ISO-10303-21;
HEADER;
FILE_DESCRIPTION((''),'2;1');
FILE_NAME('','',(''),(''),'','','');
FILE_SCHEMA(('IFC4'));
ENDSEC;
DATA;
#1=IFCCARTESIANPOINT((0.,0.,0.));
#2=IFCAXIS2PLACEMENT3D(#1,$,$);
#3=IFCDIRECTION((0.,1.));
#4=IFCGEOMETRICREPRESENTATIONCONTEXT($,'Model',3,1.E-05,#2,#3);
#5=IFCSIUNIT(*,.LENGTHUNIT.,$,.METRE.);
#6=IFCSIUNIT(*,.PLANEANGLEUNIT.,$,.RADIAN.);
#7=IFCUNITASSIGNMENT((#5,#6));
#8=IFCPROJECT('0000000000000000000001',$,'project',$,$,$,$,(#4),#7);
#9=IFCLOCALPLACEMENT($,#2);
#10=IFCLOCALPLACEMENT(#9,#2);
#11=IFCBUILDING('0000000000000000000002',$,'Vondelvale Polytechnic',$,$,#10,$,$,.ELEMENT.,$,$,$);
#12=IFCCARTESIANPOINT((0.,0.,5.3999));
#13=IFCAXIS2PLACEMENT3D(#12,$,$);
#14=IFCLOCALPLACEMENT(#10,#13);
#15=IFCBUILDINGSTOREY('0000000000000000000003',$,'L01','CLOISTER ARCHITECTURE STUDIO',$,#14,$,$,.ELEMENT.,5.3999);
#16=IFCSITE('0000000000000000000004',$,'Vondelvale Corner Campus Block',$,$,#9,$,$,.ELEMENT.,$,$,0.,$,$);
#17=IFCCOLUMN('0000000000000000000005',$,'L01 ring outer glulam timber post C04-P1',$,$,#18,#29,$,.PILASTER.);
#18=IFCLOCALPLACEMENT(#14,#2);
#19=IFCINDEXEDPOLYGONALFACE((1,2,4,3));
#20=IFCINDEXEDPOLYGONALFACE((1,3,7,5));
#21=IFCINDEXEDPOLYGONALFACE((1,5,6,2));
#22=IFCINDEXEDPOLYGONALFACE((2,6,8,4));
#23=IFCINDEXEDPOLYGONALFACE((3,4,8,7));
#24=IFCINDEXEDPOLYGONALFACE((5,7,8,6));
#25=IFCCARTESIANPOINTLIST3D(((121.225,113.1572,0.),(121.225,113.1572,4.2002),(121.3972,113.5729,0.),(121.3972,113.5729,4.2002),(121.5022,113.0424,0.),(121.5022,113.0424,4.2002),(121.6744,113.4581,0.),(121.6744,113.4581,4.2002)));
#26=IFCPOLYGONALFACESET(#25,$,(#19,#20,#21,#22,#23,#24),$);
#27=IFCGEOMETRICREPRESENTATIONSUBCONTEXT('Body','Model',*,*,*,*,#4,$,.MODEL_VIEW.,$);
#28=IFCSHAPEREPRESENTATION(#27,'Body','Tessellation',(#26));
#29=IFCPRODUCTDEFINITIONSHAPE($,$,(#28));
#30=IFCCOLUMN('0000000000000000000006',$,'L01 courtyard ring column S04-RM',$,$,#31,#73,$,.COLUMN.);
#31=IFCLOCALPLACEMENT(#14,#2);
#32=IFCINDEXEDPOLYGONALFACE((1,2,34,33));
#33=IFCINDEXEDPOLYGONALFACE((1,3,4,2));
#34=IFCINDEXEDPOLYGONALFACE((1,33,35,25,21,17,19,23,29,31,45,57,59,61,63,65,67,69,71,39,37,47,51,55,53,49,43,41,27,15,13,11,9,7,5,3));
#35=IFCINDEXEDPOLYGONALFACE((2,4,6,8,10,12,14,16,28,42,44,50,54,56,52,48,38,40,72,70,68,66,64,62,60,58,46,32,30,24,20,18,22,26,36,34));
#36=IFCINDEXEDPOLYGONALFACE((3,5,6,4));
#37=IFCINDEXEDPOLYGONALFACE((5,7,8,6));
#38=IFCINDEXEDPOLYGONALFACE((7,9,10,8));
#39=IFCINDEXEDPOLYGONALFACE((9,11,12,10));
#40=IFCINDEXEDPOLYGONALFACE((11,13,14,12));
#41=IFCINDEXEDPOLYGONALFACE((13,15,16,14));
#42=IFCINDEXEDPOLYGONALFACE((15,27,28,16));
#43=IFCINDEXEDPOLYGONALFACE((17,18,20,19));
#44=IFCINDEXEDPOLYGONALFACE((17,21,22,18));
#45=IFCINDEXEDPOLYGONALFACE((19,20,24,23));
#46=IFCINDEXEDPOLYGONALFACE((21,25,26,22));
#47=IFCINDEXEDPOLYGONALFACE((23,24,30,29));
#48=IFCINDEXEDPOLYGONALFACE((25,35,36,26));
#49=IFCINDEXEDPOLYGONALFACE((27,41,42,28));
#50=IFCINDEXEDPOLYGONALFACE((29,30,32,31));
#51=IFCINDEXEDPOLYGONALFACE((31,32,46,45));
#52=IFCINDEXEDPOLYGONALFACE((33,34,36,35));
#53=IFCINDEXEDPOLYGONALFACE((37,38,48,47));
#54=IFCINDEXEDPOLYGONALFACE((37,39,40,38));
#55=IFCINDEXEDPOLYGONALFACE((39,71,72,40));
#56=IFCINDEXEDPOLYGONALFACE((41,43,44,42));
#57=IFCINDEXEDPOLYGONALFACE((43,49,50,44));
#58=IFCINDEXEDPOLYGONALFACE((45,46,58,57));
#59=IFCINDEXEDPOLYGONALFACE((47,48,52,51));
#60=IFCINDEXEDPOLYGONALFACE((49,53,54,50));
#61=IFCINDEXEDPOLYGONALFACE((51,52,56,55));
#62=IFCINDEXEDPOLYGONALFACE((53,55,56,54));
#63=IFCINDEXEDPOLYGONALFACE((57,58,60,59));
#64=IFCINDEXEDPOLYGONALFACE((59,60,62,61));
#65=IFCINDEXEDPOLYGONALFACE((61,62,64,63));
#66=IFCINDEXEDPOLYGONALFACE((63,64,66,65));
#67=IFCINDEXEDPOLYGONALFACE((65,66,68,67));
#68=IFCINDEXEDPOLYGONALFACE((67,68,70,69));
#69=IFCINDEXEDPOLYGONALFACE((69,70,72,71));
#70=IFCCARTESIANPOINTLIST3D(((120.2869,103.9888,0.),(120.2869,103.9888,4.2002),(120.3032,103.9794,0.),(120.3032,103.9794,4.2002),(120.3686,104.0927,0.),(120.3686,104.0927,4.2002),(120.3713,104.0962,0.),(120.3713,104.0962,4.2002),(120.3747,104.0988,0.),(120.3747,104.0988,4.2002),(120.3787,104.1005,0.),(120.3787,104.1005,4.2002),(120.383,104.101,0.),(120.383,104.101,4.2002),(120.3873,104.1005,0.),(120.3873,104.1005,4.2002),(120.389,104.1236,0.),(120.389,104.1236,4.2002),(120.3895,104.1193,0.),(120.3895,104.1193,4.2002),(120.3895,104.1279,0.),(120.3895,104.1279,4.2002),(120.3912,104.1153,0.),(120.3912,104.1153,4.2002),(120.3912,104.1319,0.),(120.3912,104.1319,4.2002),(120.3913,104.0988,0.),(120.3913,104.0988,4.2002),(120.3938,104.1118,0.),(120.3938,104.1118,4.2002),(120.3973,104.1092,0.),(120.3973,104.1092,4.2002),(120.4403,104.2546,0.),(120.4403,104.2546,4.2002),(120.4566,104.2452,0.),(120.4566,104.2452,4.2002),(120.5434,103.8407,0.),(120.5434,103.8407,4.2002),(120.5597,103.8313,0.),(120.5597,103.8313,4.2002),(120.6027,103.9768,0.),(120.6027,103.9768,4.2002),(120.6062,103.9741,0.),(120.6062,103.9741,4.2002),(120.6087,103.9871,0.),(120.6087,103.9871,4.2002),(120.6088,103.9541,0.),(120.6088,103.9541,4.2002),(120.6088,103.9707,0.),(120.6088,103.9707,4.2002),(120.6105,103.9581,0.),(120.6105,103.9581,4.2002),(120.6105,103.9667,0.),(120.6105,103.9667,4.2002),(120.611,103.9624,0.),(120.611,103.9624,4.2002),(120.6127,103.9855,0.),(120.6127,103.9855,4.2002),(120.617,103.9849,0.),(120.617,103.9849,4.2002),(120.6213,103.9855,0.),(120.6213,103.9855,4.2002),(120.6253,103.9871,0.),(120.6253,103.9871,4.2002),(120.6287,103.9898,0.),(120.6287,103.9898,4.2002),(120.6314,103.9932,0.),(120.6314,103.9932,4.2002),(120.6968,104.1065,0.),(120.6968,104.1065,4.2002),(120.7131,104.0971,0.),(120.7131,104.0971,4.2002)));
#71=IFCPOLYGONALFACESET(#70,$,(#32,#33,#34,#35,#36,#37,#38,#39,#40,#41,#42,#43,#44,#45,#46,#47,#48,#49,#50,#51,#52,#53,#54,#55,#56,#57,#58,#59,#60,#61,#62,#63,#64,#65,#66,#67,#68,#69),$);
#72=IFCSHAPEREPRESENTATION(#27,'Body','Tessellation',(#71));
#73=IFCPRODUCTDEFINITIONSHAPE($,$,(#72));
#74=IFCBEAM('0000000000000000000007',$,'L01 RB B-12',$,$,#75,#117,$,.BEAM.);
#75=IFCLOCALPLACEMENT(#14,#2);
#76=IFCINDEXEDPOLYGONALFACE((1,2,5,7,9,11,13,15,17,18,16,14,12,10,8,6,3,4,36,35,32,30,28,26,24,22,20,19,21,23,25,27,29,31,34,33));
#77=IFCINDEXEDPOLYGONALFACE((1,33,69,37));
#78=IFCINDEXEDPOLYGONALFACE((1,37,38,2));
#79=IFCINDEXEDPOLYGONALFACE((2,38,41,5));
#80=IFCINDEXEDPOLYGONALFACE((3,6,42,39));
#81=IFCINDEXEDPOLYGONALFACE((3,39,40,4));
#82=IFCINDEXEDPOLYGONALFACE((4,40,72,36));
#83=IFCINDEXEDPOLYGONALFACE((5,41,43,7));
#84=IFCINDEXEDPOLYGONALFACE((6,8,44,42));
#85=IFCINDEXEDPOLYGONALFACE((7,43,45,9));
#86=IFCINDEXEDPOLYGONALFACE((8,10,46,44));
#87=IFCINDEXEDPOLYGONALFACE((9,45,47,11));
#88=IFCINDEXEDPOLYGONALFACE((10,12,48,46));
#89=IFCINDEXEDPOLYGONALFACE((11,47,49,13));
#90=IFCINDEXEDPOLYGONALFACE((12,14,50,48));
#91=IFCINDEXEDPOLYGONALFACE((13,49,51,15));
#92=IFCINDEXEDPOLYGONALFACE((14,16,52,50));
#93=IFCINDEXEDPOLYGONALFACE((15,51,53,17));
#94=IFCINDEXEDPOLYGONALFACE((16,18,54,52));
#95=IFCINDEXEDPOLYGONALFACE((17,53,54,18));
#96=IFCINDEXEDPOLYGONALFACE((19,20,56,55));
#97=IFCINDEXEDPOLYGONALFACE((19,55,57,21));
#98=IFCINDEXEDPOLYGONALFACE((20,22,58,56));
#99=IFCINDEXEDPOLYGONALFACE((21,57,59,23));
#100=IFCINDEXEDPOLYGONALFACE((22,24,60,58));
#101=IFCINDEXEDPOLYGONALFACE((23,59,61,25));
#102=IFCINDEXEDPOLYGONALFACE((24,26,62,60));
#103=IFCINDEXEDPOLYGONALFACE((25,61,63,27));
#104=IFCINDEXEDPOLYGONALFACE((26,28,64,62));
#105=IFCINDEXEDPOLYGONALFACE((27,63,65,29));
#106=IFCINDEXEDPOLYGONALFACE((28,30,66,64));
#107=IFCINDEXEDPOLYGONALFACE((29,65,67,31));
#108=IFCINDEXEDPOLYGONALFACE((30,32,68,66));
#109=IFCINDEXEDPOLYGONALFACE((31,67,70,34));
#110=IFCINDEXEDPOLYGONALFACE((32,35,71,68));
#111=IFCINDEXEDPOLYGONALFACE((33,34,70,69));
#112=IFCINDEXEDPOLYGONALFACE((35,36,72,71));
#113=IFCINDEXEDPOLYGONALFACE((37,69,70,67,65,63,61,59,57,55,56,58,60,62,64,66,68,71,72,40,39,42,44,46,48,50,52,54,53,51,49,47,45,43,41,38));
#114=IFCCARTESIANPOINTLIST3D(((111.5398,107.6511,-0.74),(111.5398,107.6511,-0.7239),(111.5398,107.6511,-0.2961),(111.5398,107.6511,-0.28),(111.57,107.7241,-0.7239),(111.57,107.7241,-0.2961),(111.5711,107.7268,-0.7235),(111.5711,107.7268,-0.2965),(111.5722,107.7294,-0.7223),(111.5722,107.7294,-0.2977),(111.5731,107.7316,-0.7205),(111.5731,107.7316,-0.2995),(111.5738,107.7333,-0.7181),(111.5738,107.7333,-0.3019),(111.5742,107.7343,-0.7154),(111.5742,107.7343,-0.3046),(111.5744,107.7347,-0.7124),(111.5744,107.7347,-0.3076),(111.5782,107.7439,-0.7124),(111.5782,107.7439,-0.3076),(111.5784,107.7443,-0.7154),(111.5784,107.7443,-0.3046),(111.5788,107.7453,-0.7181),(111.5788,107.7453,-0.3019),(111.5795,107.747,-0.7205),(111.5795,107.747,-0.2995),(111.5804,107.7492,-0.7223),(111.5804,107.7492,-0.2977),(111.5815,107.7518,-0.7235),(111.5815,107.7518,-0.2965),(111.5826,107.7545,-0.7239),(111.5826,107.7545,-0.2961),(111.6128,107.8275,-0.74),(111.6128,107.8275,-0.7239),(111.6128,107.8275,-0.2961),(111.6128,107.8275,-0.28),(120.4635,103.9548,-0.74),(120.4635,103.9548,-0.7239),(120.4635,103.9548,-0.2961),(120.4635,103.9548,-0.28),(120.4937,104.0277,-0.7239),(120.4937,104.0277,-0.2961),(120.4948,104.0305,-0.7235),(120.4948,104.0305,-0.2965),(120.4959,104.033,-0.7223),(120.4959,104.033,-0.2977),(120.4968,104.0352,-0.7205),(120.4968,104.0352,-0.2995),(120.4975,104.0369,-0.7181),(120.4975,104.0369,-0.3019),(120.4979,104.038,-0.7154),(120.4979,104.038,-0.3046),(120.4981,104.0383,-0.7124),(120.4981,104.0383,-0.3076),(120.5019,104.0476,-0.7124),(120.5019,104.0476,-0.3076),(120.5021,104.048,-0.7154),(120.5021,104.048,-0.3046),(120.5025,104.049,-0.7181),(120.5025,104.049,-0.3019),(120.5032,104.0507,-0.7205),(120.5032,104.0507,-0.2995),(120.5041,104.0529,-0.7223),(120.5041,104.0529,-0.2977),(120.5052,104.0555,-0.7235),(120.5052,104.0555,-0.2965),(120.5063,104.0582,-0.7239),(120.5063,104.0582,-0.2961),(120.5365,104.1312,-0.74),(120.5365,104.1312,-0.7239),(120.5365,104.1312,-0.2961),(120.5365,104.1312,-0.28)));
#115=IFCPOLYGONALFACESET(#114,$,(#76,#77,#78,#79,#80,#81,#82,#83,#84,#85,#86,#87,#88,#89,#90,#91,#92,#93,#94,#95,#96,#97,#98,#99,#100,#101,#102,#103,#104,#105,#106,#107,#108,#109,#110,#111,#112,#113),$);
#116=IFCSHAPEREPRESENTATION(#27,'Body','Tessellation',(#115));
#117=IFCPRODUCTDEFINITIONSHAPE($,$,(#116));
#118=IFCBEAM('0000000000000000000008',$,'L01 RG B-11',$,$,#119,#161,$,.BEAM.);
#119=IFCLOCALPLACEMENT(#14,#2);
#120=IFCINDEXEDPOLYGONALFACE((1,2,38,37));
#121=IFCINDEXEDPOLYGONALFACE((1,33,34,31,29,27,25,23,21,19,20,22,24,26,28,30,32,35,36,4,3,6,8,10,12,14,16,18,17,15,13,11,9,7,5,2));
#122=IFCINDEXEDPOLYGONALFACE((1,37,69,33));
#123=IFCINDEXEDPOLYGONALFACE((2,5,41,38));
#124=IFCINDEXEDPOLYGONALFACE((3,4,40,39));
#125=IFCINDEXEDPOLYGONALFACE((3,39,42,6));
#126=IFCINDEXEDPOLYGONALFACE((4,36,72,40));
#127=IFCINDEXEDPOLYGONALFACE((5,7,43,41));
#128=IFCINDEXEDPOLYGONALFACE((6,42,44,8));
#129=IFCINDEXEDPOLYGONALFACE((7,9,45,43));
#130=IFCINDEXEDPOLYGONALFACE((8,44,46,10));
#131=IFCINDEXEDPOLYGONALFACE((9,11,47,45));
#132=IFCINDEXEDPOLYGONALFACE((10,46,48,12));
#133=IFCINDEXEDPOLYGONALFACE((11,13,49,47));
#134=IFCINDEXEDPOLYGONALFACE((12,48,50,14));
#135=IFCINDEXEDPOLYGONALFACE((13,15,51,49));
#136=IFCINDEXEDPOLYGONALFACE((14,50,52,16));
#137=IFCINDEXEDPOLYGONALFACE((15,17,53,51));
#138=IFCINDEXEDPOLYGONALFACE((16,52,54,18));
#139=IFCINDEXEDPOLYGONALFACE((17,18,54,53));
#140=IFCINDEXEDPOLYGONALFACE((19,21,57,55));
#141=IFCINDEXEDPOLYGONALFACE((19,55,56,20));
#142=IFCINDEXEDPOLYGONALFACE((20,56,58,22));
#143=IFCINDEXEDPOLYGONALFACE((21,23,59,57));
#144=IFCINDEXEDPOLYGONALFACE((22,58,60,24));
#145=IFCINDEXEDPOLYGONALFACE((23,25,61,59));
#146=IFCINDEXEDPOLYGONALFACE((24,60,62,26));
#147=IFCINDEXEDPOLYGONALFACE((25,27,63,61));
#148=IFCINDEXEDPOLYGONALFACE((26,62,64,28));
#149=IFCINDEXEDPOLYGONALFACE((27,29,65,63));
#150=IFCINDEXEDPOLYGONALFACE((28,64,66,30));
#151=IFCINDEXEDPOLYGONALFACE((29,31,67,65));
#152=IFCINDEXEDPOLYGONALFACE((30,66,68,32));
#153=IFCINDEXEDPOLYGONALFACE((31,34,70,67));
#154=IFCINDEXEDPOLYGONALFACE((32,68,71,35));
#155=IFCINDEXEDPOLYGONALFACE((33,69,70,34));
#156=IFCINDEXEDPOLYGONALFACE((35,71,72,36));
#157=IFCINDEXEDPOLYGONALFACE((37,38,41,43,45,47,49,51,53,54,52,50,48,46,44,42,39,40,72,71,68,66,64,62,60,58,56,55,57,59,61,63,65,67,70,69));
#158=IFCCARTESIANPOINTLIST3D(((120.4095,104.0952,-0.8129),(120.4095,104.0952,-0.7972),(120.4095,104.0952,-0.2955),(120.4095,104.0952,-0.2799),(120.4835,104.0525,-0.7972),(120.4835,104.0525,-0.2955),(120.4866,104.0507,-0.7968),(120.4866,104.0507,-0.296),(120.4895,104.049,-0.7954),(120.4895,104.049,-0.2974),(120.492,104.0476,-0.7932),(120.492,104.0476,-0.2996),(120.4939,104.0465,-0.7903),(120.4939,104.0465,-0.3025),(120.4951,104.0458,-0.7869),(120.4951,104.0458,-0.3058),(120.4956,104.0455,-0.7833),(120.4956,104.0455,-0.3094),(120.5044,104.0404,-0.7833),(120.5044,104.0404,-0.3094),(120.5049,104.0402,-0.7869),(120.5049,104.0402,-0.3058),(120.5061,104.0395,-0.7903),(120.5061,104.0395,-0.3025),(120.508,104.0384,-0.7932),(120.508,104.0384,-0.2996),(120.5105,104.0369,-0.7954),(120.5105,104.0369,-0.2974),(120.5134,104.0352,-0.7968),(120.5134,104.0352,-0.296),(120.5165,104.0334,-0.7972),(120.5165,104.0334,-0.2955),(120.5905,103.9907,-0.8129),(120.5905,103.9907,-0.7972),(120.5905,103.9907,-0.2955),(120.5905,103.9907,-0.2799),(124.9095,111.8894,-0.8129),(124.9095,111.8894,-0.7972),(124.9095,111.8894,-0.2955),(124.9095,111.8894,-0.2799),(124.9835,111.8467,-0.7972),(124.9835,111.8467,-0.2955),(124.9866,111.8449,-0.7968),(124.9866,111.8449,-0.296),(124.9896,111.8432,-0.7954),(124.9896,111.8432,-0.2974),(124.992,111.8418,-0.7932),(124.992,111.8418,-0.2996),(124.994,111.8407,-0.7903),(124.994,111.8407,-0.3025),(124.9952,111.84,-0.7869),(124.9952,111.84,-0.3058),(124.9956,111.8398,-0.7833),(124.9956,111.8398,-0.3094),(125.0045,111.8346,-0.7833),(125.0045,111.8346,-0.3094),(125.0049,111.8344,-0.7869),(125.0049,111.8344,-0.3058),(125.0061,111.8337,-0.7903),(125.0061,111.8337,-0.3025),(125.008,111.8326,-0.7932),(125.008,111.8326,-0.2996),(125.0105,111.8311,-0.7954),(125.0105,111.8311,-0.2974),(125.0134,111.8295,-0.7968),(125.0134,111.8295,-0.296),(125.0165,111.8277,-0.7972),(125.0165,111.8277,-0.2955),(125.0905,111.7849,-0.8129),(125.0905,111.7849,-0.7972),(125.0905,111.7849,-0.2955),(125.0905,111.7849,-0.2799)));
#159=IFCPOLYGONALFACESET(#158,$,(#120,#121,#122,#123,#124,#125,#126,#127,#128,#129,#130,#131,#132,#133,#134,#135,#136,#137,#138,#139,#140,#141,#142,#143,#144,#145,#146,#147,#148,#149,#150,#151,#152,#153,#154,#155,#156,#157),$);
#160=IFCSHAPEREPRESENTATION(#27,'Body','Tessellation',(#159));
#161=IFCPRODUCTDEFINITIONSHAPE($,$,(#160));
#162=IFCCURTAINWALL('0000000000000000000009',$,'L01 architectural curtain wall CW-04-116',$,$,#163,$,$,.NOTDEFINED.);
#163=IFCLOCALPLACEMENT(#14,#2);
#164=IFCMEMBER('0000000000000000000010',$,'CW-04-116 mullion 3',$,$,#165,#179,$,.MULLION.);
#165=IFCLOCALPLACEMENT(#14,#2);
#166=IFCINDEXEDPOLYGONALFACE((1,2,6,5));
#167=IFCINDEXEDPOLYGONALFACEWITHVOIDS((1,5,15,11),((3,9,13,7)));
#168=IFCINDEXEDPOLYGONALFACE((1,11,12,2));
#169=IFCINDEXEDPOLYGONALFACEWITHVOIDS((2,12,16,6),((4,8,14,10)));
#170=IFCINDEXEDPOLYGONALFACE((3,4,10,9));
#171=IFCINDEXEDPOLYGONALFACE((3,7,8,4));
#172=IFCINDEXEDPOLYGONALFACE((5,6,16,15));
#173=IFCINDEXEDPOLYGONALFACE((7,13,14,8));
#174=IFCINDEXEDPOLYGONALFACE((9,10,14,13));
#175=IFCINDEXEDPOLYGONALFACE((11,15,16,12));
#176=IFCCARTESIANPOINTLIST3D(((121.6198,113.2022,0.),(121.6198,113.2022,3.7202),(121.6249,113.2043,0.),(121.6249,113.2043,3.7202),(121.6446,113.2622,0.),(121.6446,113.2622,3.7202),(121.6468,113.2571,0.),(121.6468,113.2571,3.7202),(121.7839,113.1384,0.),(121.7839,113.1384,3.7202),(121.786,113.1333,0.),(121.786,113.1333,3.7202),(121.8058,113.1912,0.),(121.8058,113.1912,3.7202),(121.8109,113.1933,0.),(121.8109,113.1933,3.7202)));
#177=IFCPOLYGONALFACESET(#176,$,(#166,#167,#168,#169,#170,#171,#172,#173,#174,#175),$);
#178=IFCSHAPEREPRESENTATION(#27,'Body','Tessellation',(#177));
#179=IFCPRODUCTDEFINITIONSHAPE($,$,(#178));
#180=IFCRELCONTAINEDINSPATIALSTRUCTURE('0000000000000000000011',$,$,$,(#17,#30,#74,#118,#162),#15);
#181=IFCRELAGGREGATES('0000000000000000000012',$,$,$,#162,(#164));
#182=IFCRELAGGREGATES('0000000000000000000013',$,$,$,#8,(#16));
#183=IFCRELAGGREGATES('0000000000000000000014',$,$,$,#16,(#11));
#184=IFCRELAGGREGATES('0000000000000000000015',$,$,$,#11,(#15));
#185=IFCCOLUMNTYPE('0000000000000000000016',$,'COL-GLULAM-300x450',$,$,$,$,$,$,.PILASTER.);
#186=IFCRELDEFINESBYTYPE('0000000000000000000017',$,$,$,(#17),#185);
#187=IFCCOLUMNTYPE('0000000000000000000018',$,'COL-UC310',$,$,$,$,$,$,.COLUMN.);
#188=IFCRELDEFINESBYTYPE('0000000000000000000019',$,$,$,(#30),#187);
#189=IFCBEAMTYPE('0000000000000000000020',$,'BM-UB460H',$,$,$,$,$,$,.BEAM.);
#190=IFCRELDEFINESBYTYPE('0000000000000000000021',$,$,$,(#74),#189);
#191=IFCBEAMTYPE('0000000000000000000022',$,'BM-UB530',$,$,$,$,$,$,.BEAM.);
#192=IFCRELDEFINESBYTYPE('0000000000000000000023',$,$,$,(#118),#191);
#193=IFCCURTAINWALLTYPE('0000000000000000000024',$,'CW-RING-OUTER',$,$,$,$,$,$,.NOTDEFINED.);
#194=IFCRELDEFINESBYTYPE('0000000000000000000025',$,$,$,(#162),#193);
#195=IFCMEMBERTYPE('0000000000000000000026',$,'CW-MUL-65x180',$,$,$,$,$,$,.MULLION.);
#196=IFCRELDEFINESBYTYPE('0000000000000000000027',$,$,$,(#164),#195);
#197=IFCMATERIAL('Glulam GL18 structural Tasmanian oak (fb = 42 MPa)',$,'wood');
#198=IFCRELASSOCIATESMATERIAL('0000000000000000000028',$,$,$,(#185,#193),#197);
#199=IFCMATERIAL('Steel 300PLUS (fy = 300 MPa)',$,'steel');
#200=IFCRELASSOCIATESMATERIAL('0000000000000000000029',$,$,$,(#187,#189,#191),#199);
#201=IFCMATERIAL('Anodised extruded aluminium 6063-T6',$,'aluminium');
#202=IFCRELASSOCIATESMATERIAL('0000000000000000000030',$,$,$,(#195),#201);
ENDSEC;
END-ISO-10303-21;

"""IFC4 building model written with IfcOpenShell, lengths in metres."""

from ifc_helpers import new_model, si_unit, direction, frame, origin, origin_2d, place, context, subcontext, project, spatial, rectangle, hollow_rectangle, i_section, extrude, material, material_profile, profile_set, type_object, element, aggregate, save


model = new_model("IFC4")

# Units and contexts
model_context = context("Model", 3, precision=1e-05, world=origin(), true_north=direction((0.0, 1.0)))
body_context = subcontext(model_context, "Body", "Model", "MODEL_VIEW")
ifc_project = project(units=[si_unit("LENGTHUNIT", "METRE"), si_unit("PLANEANGLEUNIT", "RADIAN")], contexts=[model_context])

# Site, building, storey
site_placement = place(None, origin())
site = spatial("IfcSite", under=ifc_project, at=site_placement, Name="Vondelvale Corner Campus Block", CompositionType="ELEMENT", RefElevation=0.0)
building_placement = place(site_placement, origin())
building = spatial("IfcBuilding", under=site, at=building_placement, Name="Vondelvale Polytechnic", CompositionType="ELEMENT")
storey_placement = place(building_placement, frame((0.0, 0.0, 5.3999)))
storey = spatial("IfcBuildingStorey", under=building, at=storey_placement, Name="L01", Description="CLOISTER ARCHITECTURE STUDIO", CompositionType="ELEMENT", Elevation=5.3999)

# Columns
ifc_material_1 = material(Name="Glulam GL18 structural Tasmanian oak (fb = 42 MPa)", Category="wood")
ifc_material_profile_1 = material_profile(ifc_material_1, rectangle(XDim=0.3, YDim=0.45, at=origin_2d()), Name="GL-POST-300x450")
ifc_profile_set_1 = profile_set([ifc_material_profile_1], Name="Glulam GL18 structural Tasmanian oak (fb = 42 MPa)")
column_type_1 = type_object("IfcColumnType", Name="COL-GLULAM-300x450", PredefinedType="PILASTER", material=ifc_profile_set_1)
column_1_placement = place(storey_placement, frame((121.4497, 113.3076, 0.0), z_axis=(0.0, 0.0, 1.0), x_axis=(-0.92388, 0.382683, 0.0)))
element("IfcColumn", 1, at=column_1_placement, inside=storey, type_object=column_type_1, Name="L01 ring outer glulam timber post C04-P1", PredefinedType="PILASTER", context=body_context, shape_type="SweptSolid", body=[
    extrude(rectangle(XDim=0.3, YDim=0.45, at=origin_2d()), origin(), (0.0, 0.0, 1.0), 4.2002),
])
ifc_material_2 = material(Name="Steel 300PLUS (fy = 300 MPa)", Category="steel")
ifc_material_profile_2 = material_profile(ifc_material_2, i_section(OverallWidth=0.3069, OverallDepth=0.3149, WebThickness=0.012, FlangeThickness=0.0188, FilletRadius=0.0166, at=origin_2d()), Name="310UC118")
ifc_profile_set_2 = profile_set([ifc_material_profile_2], Name="Steel 300PLUS (fy = 300 MPa)")
column_type_2 = type_object("IfcColumnType", Name="COL-UC310", PredefinedType="COLUMN", material=ifc_profile_set_2)
column_2_placement = place(storey_placement, frame((120.5, 104.043, 0.0), z_axis=(0.0, 0.0, 1.0), x_axis=(0.5, 0.866025, 0.0)))
element("IfcColumn", 2, at=column_2_placement, inside=storey, type_object=column_type_2, Name="L01 courtyard ring column S04-RM", PredefinedType="COLUMN", context=body_context, shape_type="SweptSolid", body=[
    extrude(i_section(OverallWidth=0.3069, OverallDepth=0.3149, WebThickness=0.012, FlangeThickness=0.0188, FilletRadius=0.0166, at=origin_2d()), origin(), (0.0, 0.0, 1.0), 4.2002),
])

# Beams
ifc_material_profile_3 = material_profile(ifc_material_2, i_section(OverallWidth=0.1909, OverallDepth=0.46, WebThickness=0.01, FlangeThickness=0.0161, FilletRadius=0.0115, at=origin_2d()), Name="460UB82.1")
ifc_profile_set_3 = profile_set([ifc_material_profile_3], Name="Steel 300PLUS (fy = 300 MPa)")
beam_type_1 = type_object("IfcBeamType", Name="BM-UB460H", PredefinedType="BEAM", material=ifc_profile_set_3)
beam_1_placement = place(storey_placement, frame((120.5, 104.043, -0.51), z_axis=(-0.923879, 0.382685, 0.0), x_axis=(-0.382685, -0.923879, 0.0)))
element("IfcBeam", 3, at=beam_1_placement, inside=storey, type_object=beam_type_1, Name="L01 RB B-12", PredefinedType="BEAM", context=body_context, shape_type="SweptSolid", body=[
    extrude(i_section(OverallWidth=0.1909, OverallDepth=0.46, WebThickness=0.01, FlangeThickness=0.0161, FilletRadius=0.0115, at=origin_2d()), origin(), (0.0, 0.0, 1.0), 9.6589),
])
ifc_material_profile_4 = material_profile(ifc_material_2, i_section(OverallWidth=0.209, OverallDepth=0.533, WebThickness=0.0103, FlangeThickness=0.0156, FilletRadius=0.0139, at=origin_2d()), Name="530UB92.4")
ifc_profile_set_4 = profile_set([ifc_material_profile_4], Name="Steel 300PLUS (fy = 300 MPa)")
beam_type_2 = type_object("IfcBeamType", Name="BM-UB530", PredefinedType="BEAM", material=ifc_profile_set_4)
beam_2_placement = place(storey_placement, frame((120.5, 104.043, -0.5464), z_axis=(0.500002, 0.866024, 0.0), x_axis=(-0.866024, 0.500002, 0.0)))
element("IfcBeam", 4, at=beam_2_placement, inside=storey, type_object=beam_type_2, Name="L01 RG B-11", PredefinedType="BEAM", context=body_context, shape_type="SweptSolid", body=[
    extrude(i_section(OverallWidth=0.209, OverallDepth=0.533, WebThickness=0.0103, FlangeThickness=0.0156, FilletRadius=0.0139, at=origin_2d()), origin(), (0.0, 0.0, 1.0), 9.0),
])

# Curtain wall, member
curtain_wall_type = type_object("IfcCurtainWallType", Name="CW-RING-OUTER", PredefinedType="NOTDEFINED", material=ifc_material_1)
curtain_wall_1_placement = place(storey_placement, origin())
curtain_wall_1 = element("IfcCurtainWall", 5, at=curtain_wall_1_placement, inside=storey, type_object=curtain_wall_type, Name="L01 architectural curtain wall CW-04-116", PredefinedType="NOTDEFINED")
ifc_material_3 = material(Name="Anodised extruded aluminium 6063-T6", Category="aluminium")
ifc_material_profile_5 = material_profile(ifc_material_3, hollow_rectangle(XDim=0.0649, YDim=0.1799, WallThickness=0.0039, at=origin_2d()), Name="CW-MUL-180x65")
ifc_profile_set_5 = profile_set([ifc_material_profile_5], Name="Anodised extruded aluminium 6063-T6")
member_type_1 = type_object("IfcMemberType", Name="CW-MUL-65x180", PredefinedType="MULLION", material=ifc_profile_set_5)
member_1_placement = place(storey_placement, frame((121.7153, 113.1978, 0.0), z_axis=(0.0, 0.0, 1.0), x_axis=(-0.382677, -0.923882, 0.0)))
member_1 = element("IfcMember", 6, at=member_1_placement, type_object=member_type_1, Name="CW-04-116 mullion 3", PredefinedType="MULLION", context=body_context, shape_type="SweptSolid", body=[
    extrude(hollow_rectangle(XDim=0.0649, YDim=0.1799, WallThickness=0.0039, at=origin_2d()), origin(), (0.0, 0.0, 1.0), 3.7202),
])

aggregate(curtain_wall_1, [member_1])

save(model, "model.ifc")
